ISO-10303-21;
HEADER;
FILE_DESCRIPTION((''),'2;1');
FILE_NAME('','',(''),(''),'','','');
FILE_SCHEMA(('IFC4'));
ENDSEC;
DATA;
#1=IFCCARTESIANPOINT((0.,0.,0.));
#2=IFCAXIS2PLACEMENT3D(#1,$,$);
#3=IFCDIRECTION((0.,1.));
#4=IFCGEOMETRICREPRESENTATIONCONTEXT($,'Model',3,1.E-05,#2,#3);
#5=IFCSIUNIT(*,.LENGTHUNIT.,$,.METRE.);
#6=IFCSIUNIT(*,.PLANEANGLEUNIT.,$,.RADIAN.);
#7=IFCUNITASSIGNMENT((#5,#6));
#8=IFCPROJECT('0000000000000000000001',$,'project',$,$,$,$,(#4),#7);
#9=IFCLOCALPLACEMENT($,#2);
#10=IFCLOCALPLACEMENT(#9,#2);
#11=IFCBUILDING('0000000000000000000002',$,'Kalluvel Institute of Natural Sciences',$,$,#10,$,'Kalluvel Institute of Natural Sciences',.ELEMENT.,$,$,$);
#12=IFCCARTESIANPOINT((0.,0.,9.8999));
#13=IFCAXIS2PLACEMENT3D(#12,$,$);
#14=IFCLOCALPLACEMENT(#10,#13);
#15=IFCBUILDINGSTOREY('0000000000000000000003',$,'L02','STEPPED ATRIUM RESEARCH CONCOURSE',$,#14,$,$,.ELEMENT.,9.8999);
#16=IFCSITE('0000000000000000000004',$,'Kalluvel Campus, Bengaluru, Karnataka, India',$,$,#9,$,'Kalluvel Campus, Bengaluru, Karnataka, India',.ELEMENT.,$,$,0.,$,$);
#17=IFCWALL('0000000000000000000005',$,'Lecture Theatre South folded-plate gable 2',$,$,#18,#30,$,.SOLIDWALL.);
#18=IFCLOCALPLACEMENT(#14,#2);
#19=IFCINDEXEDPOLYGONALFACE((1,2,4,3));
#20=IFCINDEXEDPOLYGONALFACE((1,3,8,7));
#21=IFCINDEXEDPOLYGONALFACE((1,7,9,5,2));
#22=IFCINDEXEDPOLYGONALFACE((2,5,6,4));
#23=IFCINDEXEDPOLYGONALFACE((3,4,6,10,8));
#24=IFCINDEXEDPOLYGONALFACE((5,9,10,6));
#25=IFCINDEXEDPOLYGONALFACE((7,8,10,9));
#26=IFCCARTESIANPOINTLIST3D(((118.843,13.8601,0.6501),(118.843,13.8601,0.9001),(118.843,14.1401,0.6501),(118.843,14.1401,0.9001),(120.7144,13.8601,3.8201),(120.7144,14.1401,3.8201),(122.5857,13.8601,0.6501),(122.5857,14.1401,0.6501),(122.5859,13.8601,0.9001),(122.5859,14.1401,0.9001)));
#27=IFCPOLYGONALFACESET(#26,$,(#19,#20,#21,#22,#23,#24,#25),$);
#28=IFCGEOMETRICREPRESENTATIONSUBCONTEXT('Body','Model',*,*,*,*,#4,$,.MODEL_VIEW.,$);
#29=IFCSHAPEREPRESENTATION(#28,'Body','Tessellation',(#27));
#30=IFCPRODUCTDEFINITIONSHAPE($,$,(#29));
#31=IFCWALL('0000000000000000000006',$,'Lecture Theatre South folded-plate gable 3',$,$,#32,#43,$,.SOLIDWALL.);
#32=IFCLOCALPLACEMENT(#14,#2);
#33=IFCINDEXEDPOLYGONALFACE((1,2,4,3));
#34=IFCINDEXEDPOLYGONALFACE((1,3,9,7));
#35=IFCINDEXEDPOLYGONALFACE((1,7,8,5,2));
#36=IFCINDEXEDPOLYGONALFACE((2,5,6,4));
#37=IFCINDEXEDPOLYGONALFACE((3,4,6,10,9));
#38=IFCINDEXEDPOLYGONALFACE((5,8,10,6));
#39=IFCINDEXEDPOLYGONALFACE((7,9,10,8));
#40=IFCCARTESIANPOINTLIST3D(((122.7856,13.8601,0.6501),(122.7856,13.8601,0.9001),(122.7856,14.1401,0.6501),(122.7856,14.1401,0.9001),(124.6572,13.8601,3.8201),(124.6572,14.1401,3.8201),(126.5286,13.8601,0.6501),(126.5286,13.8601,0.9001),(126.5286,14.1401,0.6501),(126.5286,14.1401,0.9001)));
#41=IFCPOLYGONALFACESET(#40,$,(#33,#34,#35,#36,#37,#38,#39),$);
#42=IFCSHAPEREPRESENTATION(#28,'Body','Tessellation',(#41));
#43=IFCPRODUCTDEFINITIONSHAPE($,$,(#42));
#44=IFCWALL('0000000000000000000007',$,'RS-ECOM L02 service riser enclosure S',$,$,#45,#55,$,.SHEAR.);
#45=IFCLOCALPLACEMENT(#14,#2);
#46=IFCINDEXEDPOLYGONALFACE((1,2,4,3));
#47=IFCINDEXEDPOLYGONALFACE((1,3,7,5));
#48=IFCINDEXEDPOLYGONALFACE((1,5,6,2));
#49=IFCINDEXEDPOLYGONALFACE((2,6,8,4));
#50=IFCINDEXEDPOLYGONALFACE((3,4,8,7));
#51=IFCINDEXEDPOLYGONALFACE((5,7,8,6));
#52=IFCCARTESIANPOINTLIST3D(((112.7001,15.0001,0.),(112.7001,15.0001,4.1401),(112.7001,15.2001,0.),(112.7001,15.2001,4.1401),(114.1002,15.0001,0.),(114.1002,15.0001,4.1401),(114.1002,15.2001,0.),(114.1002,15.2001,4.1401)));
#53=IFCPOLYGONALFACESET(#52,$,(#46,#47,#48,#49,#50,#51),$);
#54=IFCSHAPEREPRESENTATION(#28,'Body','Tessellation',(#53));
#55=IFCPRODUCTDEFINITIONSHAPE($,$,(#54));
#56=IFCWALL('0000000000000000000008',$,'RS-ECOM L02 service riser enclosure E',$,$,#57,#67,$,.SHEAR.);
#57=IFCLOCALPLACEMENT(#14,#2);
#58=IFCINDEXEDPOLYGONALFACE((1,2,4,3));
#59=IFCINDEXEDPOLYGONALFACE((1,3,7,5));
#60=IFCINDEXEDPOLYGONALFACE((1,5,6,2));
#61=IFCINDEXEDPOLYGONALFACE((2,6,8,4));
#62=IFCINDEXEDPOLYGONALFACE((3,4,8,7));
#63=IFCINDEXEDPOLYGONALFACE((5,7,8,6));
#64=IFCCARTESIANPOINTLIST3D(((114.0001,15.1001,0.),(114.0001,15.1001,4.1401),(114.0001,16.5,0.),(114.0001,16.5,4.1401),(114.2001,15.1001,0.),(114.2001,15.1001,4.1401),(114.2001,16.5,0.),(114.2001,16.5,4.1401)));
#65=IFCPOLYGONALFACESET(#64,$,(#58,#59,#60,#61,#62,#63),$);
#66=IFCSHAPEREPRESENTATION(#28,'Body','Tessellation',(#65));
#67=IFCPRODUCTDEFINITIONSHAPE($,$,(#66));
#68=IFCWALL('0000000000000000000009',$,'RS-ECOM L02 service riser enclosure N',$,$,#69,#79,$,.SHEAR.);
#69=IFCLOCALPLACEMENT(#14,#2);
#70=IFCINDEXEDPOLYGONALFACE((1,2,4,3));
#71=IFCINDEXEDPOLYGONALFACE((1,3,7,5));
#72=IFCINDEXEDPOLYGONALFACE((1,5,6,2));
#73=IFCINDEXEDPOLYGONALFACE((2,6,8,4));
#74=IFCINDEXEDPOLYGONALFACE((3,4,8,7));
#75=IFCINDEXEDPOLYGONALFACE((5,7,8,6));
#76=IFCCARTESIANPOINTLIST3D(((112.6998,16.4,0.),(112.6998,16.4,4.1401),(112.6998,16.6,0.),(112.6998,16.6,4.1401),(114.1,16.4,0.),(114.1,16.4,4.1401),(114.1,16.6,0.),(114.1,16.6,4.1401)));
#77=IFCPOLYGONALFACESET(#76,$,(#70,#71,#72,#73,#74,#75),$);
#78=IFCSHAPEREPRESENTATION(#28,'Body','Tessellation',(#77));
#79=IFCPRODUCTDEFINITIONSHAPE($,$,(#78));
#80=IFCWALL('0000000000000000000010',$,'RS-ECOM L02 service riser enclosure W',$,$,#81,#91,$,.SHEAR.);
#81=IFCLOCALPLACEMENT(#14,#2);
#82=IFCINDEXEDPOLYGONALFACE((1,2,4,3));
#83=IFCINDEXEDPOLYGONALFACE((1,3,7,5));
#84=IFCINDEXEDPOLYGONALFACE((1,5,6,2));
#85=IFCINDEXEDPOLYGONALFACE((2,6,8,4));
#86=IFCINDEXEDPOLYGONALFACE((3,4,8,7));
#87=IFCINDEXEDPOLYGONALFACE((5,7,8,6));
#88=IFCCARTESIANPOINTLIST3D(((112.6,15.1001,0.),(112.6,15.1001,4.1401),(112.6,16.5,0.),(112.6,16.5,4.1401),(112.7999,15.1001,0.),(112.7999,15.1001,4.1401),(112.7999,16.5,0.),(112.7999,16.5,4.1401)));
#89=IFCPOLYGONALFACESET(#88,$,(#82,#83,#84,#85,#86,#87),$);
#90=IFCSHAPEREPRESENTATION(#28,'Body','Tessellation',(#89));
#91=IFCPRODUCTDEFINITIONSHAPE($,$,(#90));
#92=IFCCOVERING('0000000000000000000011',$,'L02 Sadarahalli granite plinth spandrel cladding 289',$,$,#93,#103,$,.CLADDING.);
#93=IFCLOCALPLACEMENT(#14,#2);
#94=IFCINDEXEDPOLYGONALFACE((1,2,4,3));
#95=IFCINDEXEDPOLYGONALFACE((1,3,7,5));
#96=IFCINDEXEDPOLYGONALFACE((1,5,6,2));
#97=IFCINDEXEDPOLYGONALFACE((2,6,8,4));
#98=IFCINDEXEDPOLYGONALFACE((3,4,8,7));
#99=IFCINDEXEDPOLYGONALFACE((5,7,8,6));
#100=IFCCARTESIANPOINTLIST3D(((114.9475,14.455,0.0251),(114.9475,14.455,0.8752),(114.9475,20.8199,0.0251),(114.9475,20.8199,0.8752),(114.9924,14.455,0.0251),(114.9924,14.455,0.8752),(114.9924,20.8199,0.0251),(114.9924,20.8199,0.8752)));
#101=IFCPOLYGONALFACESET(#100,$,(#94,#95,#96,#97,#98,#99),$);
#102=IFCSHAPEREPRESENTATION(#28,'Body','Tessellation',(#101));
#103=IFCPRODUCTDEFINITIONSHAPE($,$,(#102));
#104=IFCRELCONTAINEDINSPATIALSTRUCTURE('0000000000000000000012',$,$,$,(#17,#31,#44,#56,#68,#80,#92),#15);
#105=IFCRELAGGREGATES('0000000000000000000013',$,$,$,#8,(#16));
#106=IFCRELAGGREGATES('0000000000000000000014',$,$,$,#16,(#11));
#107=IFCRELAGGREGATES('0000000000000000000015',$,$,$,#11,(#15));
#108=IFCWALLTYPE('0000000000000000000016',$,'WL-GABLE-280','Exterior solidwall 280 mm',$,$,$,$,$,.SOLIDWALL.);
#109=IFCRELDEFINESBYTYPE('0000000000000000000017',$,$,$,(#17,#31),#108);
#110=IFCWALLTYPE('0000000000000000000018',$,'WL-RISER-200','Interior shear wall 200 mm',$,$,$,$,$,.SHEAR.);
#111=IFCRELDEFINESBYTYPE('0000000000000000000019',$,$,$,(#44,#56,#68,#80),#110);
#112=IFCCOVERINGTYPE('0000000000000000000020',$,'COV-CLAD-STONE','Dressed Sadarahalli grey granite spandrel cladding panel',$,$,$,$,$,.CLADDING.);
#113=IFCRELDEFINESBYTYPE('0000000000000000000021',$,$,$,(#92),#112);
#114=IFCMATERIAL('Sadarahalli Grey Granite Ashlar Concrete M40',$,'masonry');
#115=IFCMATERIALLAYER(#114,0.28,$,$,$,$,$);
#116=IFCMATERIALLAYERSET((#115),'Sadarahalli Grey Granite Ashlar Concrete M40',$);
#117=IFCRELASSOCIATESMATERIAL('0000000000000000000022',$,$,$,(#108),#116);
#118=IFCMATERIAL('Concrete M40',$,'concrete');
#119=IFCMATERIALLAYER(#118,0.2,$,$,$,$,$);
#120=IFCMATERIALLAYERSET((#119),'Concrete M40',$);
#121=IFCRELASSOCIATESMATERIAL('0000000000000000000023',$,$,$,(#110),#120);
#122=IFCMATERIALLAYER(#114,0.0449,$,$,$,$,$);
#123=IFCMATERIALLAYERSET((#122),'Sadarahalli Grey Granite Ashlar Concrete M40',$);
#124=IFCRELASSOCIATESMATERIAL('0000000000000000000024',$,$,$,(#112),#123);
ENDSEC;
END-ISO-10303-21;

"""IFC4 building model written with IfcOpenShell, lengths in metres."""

from ifc_helpers import new_model, si_unit, direction, frame, frame_2d, origin, origin_2d, place, context, subcontext, project, spatial, polyline, rectangle, outline, extrude, material, layer, layer_set, type_object, element, save


model = new_model("IFC4")

# Units and contexts
model_context = context("Model", 3, precision=1e-05, world=origin(), true_north=direction((0.0, 1.0)))
body_context = subcontext(model_context, "Body", "Model", "MODEL_VIEW")
ifc_project = project(units=[si_unit("LENGTHUNIT", "METRE"), si_unit("PLANEANGLEUNIT", "RADIAN")], contexts=[model_context])

# Site, building, storey
site_placement = place(None, origin())
site = spatial("IfcSite", under=ifc_project, at=site_placement, Name="Kalluvel Campus, Bengaluru, Karnataka, India", LongName="Kalluvel Campus, Bengaluru, Karnataka, India", CompositionType="ELEMENT", RefElevation=0.0)
building_placement = place(site_placement, origin())
building = spatial("IfcBuilding", under=site, at=building_placement, Name="Kalluvel Institute of Natural Sciences", LongName="Kalluvel Institute of Natural Sciences", CompositionType="ELEMENT")
storey_placement = place(building_placement, frame((0.0, 0.0, 9.8999)))
storey = spatial("IfcBuildingStorey", under=building, at=storey_placement, Name="L02", Description="STEPPED ATRIUM RESEARCH CONCOURSE", CompositionType="ELEMENT", Elevation=9.8999)

# Shared definitions
ifc_material_1 = material(Name="Concrete M40", Category="concrete")

# Shared definitions
ifc_material_2 = material(Name="Sadarahalli Grey Granite Ashlar Concrete M40", Category="masonry")

# Walls
ifc_layer_1 = layer(ifc_material_2, 0.28)
ifc_layer_set_1 = layer_set([ifc_layer_1], Name="Sadarahalli Grey Granite Ashlar Concrete M40")
wall_type_1 = type_object("IfcWallType", Name="WL-GABLE-280", Description="Exterior solidwall 280 mm", PredefinedType="SOLIDWALL", material=ifc_layer_set_1)
wall_1_placement = place(storey_placement, frame((118.843, 14.0, 0.6501), z_axis=(0.0, 0.0, 1.0), x_axis=(1.0, 0.0, 0.0)))
element("IfcWall", 1, at=wall_1_placement, inside=storey, type_object=wall_type_1, Name="Lecture Theatre South folded-plate gable 2", PredefinedType="SOLIDWALL", context=body_context, shape_type="SweptSolid", body=[
    extrude(outline(polyline([(0.0, 0.0), (3.7427, 0.0), (3.7429, 0.25), (1.8713, 3.1699), (0.0, 0.25), (0.0, 0.0)])), frame((0.0, 0.1401, 0.0), z_axis=(0.0, -1.0, 0.0), x_axis=(1.0, 0.0, 0.0)), (0.0, 0.0, 1.0), 0.28),
])
wall_2_placement = place(storey_placement, frame((122.7856, 14.0, 0.6501), z_axis=(0.0, 0.0, 1.0), x_axis=(1.0, 0.0, 0.0)))
element("IfcWall", 2, at=wall_2_placement, inside=storey, type_object=wall_type_1, Name="Lecture Theatre South folded-plate gable 3", PredefinedType="SOLIDWALL", context=body_context, shape_type="SweptSolid", body=[
    extrude(outline(polyline([(0.0, 0.0), (3.7429, 0.0), (3.7429, 0.25), (1.8716, 3.1699), (0.0, 0.25), (0.0, 0.0)])), frame((0.0, 0.1401, 0.0), z_axis=(0.0, -1.0, 0.0), x_axis=(1.0, 0.0, 0.0)), (0.0, 0.0, 1.0), 0.28),
])
ifc_layer_2 = layer(ifc_material_1, 0.2)
ifc_layer_set_2 = layer_set([ifc_layer_2], Name="Concrete M40")
wall_type_2 = type_object("IfcWallType", Name="WL-RISER-200", Description="Interior shear wall 200 mm", PredefinedType="SHEAR", material=ifc_layer_set_2)
wall_3_placement = place(storey_placement, frame((112.7, 15.1001, 0.0), z_axis=(0.0, 0.0, 1.0), x_axis=(1.0, 0.0, 0.0)))
element("IfcWall", 3, at=wall_3_placement, inside=storey, type_object=wall_type_2, Name="RS-ECOM L02 service riser enclosure S", PredefinedType="SHEAR", context=body_context, shape_type="SweptSolid", body=[
    extrude(rectangle(XDim=1.4001, YDim=0.2, at=frame_2d((0.7002, 0.0))), origin(), (0.0, 0.0, 1.0), 4.1401),
])
wall_4_placement = place(storey_placement, frame((114.1001, 15.1001, 0.0), z_axis=(0.0, 0.0, 1.0), x_axis=(0.0, 1.0, 0.0)))
element("IfcWall", 4, at=wall_4_placement, inside=storey, type_object=wall_type_2, Name="RS-ECOM L02 service riser enclosure E", PredefinedType="SHEAR", context=body_context, shape_type="SweptSolid", body=[
    extrude(rectangle(XDim=1.3999, YDim=0.2, at=frame_2d((0.7, 0.0))), origin(), (0.0, 0.0, 1.0), 4.1401),
])
wall_5_placement = place(storey_placement, frame((114.1001, 16.5, 0.0), z_axis=(0.0, 0.0, 1.0), x_axis=(-1.0, 0.0, 0.0)))
element("IfcWall", 5, at=wall_5_placement, inside=storey, type_object=wall_type_2, Name="RS-ECOM L02 service riser enclosure N", PredefinedType="SHEAR", context=body_context, shape_type="SweptSolid", body=[
    extrude(rectangle(XDim=1.4001, YDim=0.2, at=frame_2d((0.7002, 0.0))), origin(), (0.0, 0.0, 1.0), 4.1401),
])
wall_6_placement = place(storey_placement, frame((112.7, 16.5, 0.0), z_axis=(0.0, 0.0, 1.0), x_axis=(0.0, -1.0, 0.0)))
element("IfcWall", 6, at=wall_6_placement, inside=storey, type_object=wall_type_2, Name="RS-ECOM L02 service riser enclosure W", PredefinedType="SHEAR", context=body_context, shape_type="SweptSolid", body=[
    extrude(rectangle(XDim=1.3999, YDim=0.2, at=frame_2d((0.7, 0.0))), origin(), (0.0, 0.0, 1.0), 4.1401),
])

# Covering
ifc_layer_3 = layer(ifc_material_2, 0.0449)
ifc_layer_set_3 = layer_set([ifc_layer_3], Name="Sadarahalli Grey Granite Ashlar Concrete M40")
covering_type = type_object("IfcCoveringType", Name="COV-CLAD-STONE", Description="Dressed Sadarahalli grey granite spandrel cladding panel", PredefinedType="CLADDING", material=ifc_layer_set_3)
covering_placement = place(storey_placement, frame((114.97, 17.6375, 0.0251), z_axis=(0.0, 0.0, 1.0), x_axis=(0.0, 1.0, 0.0)))
element("IfcCovering", 7, at=covering_placement, inside=storey, type_object=covering_type, Name="L02 Sadarahalli granite plinth spandrel cladding 289", PredefinedType="CLADDING", context=body_context, shape_type="SweptSolid", body=[
    extrude(rectangle(XDim=6.365, YDim=0.0449, at=origin_2d()), origin(), (0.0, 0.0, 1.0), 0.8501),
])

save(model, "model.ifc")
